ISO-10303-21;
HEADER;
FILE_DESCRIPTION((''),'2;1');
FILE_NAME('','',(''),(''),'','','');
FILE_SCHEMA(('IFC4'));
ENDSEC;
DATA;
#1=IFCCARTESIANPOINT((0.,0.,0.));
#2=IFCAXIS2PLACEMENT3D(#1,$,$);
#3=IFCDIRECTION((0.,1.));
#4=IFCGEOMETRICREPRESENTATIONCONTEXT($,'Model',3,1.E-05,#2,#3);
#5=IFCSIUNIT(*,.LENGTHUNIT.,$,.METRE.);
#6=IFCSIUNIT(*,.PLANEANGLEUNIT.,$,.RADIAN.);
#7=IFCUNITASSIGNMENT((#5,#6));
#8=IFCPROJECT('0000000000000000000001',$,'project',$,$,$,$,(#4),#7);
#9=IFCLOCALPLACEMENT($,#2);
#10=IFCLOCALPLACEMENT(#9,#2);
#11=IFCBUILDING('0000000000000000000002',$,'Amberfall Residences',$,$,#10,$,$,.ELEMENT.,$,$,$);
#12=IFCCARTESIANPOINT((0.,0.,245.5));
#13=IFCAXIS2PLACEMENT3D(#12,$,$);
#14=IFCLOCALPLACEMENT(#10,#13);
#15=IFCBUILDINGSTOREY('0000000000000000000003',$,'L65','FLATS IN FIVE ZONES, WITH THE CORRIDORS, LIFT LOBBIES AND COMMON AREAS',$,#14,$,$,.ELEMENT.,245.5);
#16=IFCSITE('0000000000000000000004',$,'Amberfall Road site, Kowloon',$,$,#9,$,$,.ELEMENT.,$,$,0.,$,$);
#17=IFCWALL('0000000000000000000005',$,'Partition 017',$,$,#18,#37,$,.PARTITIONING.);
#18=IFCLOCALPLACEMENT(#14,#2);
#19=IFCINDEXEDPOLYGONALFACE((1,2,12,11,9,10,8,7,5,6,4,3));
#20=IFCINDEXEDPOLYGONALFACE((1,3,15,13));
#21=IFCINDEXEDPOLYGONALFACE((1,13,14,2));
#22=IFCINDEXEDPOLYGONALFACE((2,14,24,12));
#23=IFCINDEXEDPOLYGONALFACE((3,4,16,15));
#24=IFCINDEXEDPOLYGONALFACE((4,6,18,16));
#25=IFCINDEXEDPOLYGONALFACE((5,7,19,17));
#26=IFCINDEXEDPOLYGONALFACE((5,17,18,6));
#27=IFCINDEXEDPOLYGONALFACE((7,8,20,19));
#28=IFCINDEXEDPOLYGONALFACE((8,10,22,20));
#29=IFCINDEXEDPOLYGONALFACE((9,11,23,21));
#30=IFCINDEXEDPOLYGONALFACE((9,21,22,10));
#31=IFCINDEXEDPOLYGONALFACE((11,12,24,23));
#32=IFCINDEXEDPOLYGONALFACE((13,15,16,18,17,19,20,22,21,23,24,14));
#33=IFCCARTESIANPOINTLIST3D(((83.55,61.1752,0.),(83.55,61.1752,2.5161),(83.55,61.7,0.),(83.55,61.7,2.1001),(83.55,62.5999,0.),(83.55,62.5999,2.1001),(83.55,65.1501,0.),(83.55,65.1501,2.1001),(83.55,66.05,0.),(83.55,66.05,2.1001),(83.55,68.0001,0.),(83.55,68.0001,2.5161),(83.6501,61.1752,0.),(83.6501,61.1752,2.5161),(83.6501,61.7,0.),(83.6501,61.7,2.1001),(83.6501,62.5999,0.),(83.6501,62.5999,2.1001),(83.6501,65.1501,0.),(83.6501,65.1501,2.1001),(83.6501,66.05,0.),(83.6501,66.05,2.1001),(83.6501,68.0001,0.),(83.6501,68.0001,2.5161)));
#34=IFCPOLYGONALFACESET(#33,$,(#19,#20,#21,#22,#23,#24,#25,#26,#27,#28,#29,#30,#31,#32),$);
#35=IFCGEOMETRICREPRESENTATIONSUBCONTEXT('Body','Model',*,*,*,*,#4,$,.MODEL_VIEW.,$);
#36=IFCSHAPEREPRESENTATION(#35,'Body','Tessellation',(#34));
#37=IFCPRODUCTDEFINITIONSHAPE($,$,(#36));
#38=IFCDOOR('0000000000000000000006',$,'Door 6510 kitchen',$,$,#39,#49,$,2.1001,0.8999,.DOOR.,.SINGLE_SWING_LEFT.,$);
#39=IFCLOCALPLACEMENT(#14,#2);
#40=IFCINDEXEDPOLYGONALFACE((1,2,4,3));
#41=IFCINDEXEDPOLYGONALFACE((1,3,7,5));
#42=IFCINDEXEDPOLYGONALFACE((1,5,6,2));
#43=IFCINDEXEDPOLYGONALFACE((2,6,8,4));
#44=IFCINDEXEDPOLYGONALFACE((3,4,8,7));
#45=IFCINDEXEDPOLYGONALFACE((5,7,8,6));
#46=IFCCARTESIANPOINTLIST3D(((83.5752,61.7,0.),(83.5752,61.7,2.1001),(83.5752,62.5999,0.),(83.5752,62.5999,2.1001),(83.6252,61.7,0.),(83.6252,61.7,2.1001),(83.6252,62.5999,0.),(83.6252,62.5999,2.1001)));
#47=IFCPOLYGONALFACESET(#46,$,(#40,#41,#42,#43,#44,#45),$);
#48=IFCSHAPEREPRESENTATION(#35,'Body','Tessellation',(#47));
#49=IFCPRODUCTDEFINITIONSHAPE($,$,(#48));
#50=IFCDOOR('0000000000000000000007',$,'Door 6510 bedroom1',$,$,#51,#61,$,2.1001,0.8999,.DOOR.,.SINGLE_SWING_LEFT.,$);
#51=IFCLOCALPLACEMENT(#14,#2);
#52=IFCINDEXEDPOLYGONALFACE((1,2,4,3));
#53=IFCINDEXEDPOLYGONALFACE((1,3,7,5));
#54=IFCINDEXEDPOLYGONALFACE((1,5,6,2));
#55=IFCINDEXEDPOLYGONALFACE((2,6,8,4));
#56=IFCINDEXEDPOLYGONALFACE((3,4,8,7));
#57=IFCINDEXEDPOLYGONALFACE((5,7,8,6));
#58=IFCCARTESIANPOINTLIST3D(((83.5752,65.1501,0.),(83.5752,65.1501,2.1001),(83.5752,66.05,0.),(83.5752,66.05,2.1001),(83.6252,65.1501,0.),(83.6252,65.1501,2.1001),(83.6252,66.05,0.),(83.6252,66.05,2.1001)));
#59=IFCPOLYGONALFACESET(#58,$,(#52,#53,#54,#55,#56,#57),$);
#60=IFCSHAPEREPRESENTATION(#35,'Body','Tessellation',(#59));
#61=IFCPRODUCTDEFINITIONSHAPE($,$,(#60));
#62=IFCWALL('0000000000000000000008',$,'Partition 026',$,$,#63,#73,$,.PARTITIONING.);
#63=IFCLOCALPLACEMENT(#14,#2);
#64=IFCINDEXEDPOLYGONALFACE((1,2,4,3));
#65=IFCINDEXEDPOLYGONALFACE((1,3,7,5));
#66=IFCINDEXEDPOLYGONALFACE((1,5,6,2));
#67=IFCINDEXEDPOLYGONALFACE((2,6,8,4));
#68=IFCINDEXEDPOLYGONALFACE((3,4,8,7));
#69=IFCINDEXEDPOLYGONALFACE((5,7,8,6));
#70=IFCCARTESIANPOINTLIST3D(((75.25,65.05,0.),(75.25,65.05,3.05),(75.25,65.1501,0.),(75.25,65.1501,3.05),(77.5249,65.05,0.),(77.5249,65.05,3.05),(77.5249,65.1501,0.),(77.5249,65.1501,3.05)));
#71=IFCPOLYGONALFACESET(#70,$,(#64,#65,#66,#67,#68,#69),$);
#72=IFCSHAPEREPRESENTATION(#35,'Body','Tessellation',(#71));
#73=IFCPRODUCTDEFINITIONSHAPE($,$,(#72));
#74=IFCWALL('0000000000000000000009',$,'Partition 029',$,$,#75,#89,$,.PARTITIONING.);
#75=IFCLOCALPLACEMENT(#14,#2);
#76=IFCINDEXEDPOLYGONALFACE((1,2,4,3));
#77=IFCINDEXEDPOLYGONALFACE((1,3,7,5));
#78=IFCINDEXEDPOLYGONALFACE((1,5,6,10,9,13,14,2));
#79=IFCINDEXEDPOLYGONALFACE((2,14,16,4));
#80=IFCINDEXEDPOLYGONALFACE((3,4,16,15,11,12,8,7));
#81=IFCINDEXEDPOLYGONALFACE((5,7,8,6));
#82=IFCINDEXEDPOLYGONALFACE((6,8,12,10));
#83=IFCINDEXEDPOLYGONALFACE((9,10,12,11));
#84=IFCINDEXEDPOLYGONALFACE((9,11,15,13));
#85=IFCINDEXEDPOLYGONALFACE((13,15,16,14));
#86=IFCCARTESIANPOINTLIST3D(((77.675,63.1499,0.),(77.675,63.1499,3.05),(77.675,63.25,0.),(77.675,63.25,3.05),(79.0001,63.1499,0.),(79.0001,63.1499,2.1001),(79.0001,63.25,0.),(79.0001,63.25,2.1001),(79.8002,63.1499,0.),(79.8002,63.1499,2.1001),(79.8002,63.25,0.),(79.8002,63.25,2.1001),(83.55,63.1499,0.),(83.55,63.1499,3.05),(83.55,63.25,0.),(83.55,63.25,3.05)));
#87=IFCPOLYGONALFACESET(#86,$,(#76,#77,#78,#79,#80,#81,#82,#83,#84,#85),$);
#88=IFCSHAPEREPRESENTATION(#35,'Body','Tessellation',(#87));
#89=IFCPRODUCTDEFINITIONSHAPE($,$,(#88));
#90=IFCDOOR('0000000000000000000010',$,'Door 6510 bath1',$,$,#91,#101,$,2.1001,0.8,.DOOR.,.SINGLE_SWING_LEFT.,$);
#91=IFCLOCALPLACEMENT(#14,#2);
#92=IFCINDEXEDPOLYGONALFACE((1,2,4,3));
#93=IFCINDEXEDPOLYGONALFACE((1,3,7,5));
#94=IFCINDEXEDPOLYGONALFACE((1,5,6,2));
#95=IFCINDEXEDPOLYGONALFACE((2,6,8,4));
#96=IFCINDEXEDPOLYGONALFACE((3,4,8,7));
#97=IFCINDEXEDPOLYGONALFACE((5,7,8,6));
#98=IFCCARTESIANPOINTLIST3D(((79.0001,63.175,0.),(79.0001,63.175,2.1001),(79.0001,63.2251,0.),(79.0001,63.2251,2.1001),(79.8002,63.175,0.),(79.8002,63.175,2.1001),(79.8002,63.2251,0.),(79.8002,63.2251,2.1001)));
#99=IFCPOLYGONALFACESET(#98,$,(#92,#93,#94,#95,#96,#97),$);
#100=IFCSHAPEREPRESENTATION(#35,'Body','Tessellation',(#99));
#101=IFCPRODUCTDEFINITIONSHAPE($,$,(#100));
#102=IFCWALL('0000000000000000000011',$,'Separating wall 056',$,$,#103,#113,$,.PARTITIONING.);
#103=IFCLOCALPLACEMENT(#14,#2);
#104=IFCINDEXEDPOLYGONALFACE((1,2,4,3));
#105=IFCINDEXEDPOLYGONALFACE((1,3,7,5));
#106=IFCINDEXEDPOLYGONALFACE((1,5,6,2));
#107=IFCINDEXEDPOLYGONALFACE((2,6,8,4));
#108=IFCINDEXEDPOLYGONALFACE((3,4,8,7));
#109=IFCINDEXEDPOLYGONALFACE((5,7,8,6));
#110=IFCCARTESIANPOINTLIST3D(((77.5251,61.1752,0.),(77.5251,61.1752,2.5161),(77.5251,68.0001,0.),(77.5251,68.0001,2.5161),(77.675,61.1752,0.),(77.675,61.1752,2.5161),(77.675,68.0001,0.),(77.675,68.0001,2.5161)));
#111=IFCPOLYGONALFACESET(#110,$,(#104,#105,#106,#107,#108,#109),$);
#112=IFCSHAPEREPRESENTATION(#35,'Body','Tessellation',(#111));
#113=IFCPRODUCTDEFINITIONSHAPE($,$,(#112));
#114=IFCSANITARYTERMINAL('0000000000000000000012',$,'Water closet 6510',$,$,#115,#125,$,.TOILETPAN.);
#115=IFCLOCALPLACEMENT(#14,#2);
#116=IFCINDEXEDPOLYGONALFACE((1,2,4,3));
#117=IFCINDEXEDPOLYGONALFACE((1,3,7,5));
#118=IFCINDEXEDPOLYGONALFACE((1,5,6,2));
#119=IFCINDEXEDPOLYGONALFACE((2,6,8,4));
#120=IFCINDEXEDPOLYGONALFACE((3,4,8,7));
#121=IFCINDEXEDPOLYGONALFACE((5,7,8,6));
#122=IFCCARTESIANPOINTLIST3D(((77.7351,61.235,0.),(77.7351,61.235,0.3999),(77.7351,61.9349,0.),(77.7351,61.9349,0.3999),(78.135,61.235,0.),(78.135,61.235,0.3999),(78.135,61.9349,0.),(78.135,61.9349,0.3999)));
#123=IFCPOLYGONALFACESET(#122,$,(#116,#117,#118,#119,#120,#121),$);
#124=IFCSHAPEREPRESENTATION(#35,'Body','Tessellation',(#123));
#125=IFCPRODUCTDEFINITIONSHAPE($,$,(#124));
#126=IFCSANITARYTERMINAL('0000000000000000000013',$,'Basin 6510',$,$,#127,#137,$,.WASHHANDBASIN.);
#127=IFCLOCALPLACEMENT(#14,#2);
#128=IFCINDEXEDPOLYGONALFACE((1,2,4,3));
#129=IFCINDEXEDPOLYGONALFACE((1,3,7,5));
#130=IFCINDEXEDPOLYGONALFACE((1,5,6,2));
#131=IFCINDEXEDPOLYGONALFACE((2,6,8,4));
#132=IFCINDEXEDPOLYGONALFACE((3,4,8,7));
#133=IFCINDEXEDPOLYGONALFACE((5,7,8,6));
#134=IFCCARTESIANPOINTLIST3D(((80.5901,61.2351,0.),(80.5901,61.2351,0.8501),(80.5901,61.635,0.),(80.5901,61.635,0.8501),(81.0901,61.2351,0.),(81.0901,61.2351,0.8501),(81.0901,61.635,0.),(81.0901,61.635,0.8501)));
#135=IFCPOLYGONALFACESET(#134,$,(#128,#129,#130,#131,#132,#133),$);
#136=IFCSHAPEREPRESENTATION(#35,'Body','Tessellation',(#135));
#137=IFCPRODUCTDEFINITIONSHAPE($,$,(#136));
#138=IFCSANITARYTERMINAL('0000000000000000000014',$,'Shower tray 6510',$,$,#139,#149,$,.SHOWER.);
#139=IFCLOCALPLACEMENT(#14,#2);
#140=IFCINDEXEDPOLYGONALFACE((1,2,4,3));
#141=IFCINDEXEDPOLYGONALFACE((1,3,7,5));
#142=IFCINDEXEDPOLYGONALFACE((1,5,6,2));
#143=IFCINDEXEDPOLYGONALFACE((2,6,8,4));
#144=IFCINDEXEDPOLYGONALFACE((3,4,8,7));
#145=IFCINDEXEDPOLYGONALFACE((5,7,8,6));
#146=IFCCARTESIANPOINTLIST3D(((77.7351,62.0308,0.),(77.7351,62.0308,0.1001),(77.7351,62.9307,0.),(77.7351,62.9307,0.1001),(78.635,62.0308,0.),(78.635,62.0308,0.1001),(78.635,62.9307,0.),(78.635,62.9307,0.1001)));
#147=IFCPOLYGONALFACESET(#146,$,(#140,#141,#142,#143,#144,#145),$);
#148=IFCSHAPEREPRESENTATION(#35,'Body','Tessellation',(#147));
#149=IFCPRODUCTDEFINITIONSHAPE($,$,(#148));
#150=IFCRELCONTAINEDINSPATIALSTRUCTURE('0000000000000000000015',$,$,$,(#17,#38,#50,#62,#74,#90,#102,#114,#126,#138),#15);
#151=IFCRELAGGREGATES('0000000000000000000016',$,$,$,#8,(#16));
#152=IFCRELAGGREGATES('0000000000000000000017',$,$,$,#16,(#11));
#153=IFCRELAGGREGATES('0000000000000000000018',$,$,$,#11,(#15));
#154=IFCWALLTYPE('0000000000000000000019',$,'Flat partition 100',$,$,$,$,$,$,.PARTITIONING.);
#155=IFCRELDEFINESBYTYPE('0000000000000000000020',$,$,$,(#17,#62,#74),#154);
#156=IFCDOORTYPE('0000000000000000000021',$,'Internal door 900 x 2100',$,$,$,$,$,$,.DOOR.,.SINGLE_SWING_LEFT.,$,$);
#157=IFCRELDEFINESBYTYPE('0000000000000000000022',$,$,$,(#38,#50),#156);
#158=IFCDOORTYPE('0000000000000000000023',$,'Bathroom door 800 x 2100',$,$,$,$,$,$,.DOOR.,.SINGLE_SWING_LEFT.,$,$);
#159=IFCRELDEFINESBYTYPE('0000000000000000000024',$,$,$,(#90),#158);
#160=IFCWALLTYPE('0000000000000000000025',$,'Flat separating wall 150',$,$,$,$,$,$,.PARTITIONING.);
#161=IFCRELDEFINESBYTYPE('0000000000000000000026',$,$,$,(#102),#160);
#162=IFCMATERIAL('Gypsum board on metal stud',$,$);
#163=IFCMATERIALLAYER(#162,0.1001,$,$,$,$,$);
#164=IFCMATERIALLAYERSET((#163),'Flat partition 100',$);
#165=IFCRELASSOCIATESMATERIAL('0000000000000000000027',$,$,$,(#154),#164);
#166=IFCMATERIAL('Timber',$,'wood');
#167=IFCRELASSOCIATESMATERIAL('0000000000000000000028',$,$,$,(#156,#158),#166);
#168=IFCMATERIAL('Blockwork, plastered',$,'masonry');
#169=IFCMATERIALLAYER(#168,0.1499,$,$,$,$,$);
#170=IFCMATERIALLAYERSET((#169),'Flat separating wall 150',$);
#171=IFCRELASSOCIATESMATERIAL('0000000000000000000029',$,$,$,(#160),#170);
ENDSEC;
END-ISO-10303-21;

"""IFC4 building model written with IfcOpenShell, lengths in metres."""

from ifc_helpers import new_model, si_unit, direction, frame, frame_2d, origin, origin_2d, place, context, subcontext, project, spatial, rectangle, extrude, material, layer, layer_set, type_object, element, fill, save


model = new_model("IFC4")

# Units and contexts
model_context = context("Model", 3, precision=1e-05, world=origin(), true_north=direction((0.0, 1.0)))
body_context = subcontext(model_context, "Body", "Model", "MODEL_VIEW")
ifc_project = project(units=[si_unit("LENGTHUNIT", "METRE"), si_unit("PLANEANGLEUNIT", "RADIAN")], contexts=[model_context])

# Site, building, storey
site_placement = place(None, origin())
site = spatial("IfcSite", under=ifc_project, at=site_placement, Name="Amberfall Road site, Kowloon", CompositionType="ELEMENT", RefElevation=0.0)
building_placement = place(site_placement, origin())
building = spatial("IfcBuilding", under=site, at=building_placement, Name="Amberfall Residences", CompositionType="ELEMENT")
storey_placement = place(building_placement, frame((0.0, 0.0, 245.5)))
storey = spatial("IfcBuildingStorey", under=building, at=storey_placement, Name="L65", Description="FLATS IN FIVE ZONES, WITH THE CORRIDORS, LIFT LOBBIES AND COMMON AREAS", CompositionType="ELEMENT", Elevation=245.5)

# Shared definitions
ifc_material_1 = material(Name="Gypsum board on metal stud")
ifc_layer_1 = layer(ifc_material_1, 0.1001)
ifc_layer_set_1 = layer_set([ifc_layer_1], Name="Flat partition 100")
wall_type_1 = type_object("IfcWallType", Name="Flat partition 100", PredefinedType="PARTITIONING", material=ifc_layer_set_1)
ifc_material_2 = material(Name="Timber", Category="wood")
door_type_1 = type_object("IfcDoorType", Name="Internal door 900 x 2100", OperationType="SINGLE_SWING_LEFT", PredefinedType="DOOR", material=ifc_material_2)

# Wall, openings, doors
wall_1_placement = place(storey_placement, frame((83.6001, 61.175, 0.0), z_axis=(0.0, 0.0, 1.0), x_axis=(0.0, 1.0, 0.0)))
wall_1 = element("IfcWall", 1, at=wall_1_placement, inside=storey, type_object=wall_type_1, Name="Partition 017", PredefinedType="PARTITIONING", context=body_context, shape_type="SweptSolid", body=[
    extrude(rectangle(XDim=6.825, YDim=0.1001, at=frame_2d((3.4126, 0.0))), origin(), (0.0, 0.0, 1.0), 2.5161),
])
opening_1_placement = place(wall_1_placement, frame((0.5249, 0.0, 0.0)))
opening_1 = element("IfcOpeningElement", 2, at=opening_1_placement, cuts=wall_1, PredefinedType="OPENING", context=body_context, shape_type="SweptSolid", body=[
    extrude(rectangle(XDim=0.8999, YDim=2.1001, at=frame_2d((0.45, 1.05))), frame((0.0, 0.0601, 0.0), z_axis=(0.0, -1.0, 0.0), x_axis=(1.0, 0.0, 0.0)), (0.0, 0.0, 1.0), 0.1201),
])
opening_2_placement = place(wall_1_placement, frame((3.9751, 0.0, 0.0)))
opening_2 = element("IfcOpeningElement", 3, at=opening_2_placement, cuts=wall_1, PredefinedType="OPENING", context=body_context, shape_type="SweptSolid", body=[
    extrude(rectangle(XDim=0.8999, YDim=2.1001, at=frame_2d((0.45, 1.05))), frame((0.0, 0.0601, 0.0), z_axis=(0.0, -1.0, 0.0), x_axis=(1.0, 0.0, 0.0)), (0.0, 0.0, 1.0), 0.1201),
])
door_1_placement = place(opening_1_placement, origin())
door_1 = element("IfcDoor", 4, at=door_1_placement, inside=storey, type_object=door_type_1, Name="Door 6510 kitchen", OperationType="SINGLE_SWING_LEFT", OverallHeight=2.1001, OverallWidth=0.8999, PredefinedType="DOOR", context=body_context, shape_type="SweptSolid", body=[
    extrude(rectangle(XDim=0.8999, YDim=2.1001, at=frame_2d((0.45, 1.05))), frame((0.0, 0.0249, 0.0), z_axis=(0.0, -1.0, 0.0), x_axis=(1.0, 0.0, 0.0)), (0.0, 0.0, 1.0), 0.05),
])
fill(opening_1, door_1)
door_2_placement = place(opening_2_placement, origin())
door_2 = element("IfcDoor", 5, at=door_2_placement, inside=storey, type_object=door_type_1, Name="Door 6510 bedroom1", OperationType="SINGLE_SWING_LEFT", OverallHeight=2.1001, OverallWidth=0.8999, PredefinedType="DOOR", context=body_context, shape_type="SweptSolid", body=[
    extrude(rectangle(XDim=0.8999, YDim=2.1001, at=frame_2d((0.45, 1.05))), frame((0.0, 0.0249, 0.0), z_axis=(0.0, -1.0, 0.0), x_axis=(1.0, 0.0, 0.0)), (0.0, 0.0, 1.0), 0.05),
])
fill(opening_2, door_2)

# Wall
wall_2_placement = place(storey_placement, frame((75.25, 65.1001, 0.0), z_axis=(0.0, 0.0, 1.0), x_axis=(1.0, 0.0, 0.0)))
element("IfcWall", 6, at=wall_2_placement, inside=storey, type_object=wall_type_1, Name="Partition 026", PredefinedType="PARTITIONING", context=body_context, shape_type="SweptSolid", body=[
    extrude(rectangle(XDim=2.2749, YDim=0.1001, at=frame_2d((1.1375, 0.0))), origin(), (0.0, 0.0, 1.0), 3.05),
])

# Wall, opening, door
wall_3_placement = place(storey_placement, frame((83.55, 63.2, 0.0), z_axis=(0.0, 0.0, 1.0), x_axis=(-1.0, 0.0, 0.0)))
wall_3 = element("IfcWall", 7, at=wall_3_placement, inside=storey, type_object=wall_type_1, Name="Partition 029", PredefinedType="PARTITIONING", context=body_context, shape_type="SweptSolid", body=[
    extrude(rectangle(XDim=5.875, YDim=0.1001, at=frame_2d((2.9375, 0.0))), origin(), (0.0, 0.0, 1.0), 3.05),
])
opening_3_placement = place(wall_3_placement, frame((3.75, 0.0, 0.0)))
opening_3 = element("IfcOpeningElement", 8, at=opening_3_placement, cuts=wall_3, PredefinedType="OPENING", context=body_context, shape_type="SweptSolid", body=[
    extrude(rectangle(XDim=0.8, YDim=2.1001, at=frame_2d((0.3999, 1.05))), frame((0.0, 0.0601, 0.0), z_axis=(0.0, -1.0, 0.0), x_axis=(1.0, 0.0, 0.0)), (0.0, 0.0, 1.0), 0.1201),
])
door_type_2 = type_object("IfcDoorType", Name="Bathroom door 800 x 2100", OperationType="SINGLE_SWING_LEFT", PredefinedType="DOOR", material=ifc_material_2)
door_3_placement = place(opening_3_placement, origin())
door_3 = element("IfcDoor", 9, at=door_3_placement, inside=storey, type_object=door_type_2, Name="Door 6510 bath1", OperationType="SINGLE_SWING_LEFT", OverallHeight=2.1001, OverallWidth=0.8, PredefinedType="DOOR", context=body_context, shape_type="SweptSolid", body=[
    extrude(rectangle(XDim=0.8, YDim=2.1001, at=frame_2d((0.3999, 1.05))), frame((0.0, 0.0249, 0.0), z_axis=(0.0, -1.0, 0.0), x_axis=(1.0, 0.0, 0.0)), (0.0, 0.0, 1.0), 0.05),
])
fill(opening_3, door_3)

# Wall
ifc_material_3 = material(Name="Blockwork, plastered", Category="masonry")
ifc_layer_2 = layer(ifc_material_3, 0.1499)
ifc_layer_set_2 = layer_set([ifc_layer_2], Name="Flat separating wall 150")
wall_type_2 = type_object("IfcWallType", Name="Flat separating wall 150", PredefinedType="PARTITIONING", material=ifc_layer_set_2)
wall_4_placement = place(storey_placement, frame((77.6001, 61.175, 0.0), z_axis=(0.0, 0.0, 1.0), x_axis=(0.0, 1.0, 0.0)))
element("IfcWall", 10, at=wall_4_placement, inside=storey, type_object=wall_type_2, Name="Separating wall 056", PredefinedType="PARTITIONING", context=body_context, shape_type="SweptSolid", body=[
    extrude(rectangle(XDim=6.825, YDim=0.1499, at=frame_2d((3.4126, 0.0))), origin(), (0.0, 0.0, 1.0), 2.5161),
])

# Sanitary terminals
sanitary_terminal_1_placement = place(storey_placement, frame((77.9351, 61.585, 0.0), z_axis=(0.0, 0.0, 1.0), x_axis=(1.0, 0.0, 0.0)))
element("IfcSanitaryTerminal", 11, at=sanitary_terminal_1_placement, inside=storey, Name="Water closet 6510", PredefinedType="TOILETPAN", context=body_context, shape_type="SweptSolid", body=[
    extrude(rectangle(XDim=0.3999, YDim=0.7, at=origin_2d()), origin(), (0.0, 0.0, 1.0), 0.3999),
])
sanitary_terminal_2_placement = place(storey_placement, frame((80.8401, 61.4351, 0.0), z_axis=(0.0, 0.0, 1.0), x_axis=(1.0, 0.0, 0.0)))
element("IfcSanitaryTerminal", 12, at=sanitary_terminal_2_placement, inside=storey, Name="Basin 6510", PredefinedType="WASHHANDBASIN", context=body_context, shape_type="SweptSolid", body=[
    extrude(rectangle(XDim=0.5, YDim=0.3999, at=origin_2d()), origin(), (0.0, 0.0, 1.0), 0.8501),
])
sanitary_terminal_3_placement = place(storey_placement, frame((78.1851, 62.4807, 0.0), z_axis=(0.0, 0.0, 1.0), x_axis=(1.0, 0.0, 0.0)))
element("IfcSanitaryTerminal", 13, at=sanitary_terminal_3_placement, inside=storey, Name="Shower tray 6510", PredefinedType="SHOWER", context=body_context, shape_type="SweptSolid", body=[
    extrude(rectangle(XDim=0.8999, YDim=0.8999, at=origin_2d()), origin(), (0.0, 0.0, 1.0), 0.1001),
])

save(model, "model.ifc")
